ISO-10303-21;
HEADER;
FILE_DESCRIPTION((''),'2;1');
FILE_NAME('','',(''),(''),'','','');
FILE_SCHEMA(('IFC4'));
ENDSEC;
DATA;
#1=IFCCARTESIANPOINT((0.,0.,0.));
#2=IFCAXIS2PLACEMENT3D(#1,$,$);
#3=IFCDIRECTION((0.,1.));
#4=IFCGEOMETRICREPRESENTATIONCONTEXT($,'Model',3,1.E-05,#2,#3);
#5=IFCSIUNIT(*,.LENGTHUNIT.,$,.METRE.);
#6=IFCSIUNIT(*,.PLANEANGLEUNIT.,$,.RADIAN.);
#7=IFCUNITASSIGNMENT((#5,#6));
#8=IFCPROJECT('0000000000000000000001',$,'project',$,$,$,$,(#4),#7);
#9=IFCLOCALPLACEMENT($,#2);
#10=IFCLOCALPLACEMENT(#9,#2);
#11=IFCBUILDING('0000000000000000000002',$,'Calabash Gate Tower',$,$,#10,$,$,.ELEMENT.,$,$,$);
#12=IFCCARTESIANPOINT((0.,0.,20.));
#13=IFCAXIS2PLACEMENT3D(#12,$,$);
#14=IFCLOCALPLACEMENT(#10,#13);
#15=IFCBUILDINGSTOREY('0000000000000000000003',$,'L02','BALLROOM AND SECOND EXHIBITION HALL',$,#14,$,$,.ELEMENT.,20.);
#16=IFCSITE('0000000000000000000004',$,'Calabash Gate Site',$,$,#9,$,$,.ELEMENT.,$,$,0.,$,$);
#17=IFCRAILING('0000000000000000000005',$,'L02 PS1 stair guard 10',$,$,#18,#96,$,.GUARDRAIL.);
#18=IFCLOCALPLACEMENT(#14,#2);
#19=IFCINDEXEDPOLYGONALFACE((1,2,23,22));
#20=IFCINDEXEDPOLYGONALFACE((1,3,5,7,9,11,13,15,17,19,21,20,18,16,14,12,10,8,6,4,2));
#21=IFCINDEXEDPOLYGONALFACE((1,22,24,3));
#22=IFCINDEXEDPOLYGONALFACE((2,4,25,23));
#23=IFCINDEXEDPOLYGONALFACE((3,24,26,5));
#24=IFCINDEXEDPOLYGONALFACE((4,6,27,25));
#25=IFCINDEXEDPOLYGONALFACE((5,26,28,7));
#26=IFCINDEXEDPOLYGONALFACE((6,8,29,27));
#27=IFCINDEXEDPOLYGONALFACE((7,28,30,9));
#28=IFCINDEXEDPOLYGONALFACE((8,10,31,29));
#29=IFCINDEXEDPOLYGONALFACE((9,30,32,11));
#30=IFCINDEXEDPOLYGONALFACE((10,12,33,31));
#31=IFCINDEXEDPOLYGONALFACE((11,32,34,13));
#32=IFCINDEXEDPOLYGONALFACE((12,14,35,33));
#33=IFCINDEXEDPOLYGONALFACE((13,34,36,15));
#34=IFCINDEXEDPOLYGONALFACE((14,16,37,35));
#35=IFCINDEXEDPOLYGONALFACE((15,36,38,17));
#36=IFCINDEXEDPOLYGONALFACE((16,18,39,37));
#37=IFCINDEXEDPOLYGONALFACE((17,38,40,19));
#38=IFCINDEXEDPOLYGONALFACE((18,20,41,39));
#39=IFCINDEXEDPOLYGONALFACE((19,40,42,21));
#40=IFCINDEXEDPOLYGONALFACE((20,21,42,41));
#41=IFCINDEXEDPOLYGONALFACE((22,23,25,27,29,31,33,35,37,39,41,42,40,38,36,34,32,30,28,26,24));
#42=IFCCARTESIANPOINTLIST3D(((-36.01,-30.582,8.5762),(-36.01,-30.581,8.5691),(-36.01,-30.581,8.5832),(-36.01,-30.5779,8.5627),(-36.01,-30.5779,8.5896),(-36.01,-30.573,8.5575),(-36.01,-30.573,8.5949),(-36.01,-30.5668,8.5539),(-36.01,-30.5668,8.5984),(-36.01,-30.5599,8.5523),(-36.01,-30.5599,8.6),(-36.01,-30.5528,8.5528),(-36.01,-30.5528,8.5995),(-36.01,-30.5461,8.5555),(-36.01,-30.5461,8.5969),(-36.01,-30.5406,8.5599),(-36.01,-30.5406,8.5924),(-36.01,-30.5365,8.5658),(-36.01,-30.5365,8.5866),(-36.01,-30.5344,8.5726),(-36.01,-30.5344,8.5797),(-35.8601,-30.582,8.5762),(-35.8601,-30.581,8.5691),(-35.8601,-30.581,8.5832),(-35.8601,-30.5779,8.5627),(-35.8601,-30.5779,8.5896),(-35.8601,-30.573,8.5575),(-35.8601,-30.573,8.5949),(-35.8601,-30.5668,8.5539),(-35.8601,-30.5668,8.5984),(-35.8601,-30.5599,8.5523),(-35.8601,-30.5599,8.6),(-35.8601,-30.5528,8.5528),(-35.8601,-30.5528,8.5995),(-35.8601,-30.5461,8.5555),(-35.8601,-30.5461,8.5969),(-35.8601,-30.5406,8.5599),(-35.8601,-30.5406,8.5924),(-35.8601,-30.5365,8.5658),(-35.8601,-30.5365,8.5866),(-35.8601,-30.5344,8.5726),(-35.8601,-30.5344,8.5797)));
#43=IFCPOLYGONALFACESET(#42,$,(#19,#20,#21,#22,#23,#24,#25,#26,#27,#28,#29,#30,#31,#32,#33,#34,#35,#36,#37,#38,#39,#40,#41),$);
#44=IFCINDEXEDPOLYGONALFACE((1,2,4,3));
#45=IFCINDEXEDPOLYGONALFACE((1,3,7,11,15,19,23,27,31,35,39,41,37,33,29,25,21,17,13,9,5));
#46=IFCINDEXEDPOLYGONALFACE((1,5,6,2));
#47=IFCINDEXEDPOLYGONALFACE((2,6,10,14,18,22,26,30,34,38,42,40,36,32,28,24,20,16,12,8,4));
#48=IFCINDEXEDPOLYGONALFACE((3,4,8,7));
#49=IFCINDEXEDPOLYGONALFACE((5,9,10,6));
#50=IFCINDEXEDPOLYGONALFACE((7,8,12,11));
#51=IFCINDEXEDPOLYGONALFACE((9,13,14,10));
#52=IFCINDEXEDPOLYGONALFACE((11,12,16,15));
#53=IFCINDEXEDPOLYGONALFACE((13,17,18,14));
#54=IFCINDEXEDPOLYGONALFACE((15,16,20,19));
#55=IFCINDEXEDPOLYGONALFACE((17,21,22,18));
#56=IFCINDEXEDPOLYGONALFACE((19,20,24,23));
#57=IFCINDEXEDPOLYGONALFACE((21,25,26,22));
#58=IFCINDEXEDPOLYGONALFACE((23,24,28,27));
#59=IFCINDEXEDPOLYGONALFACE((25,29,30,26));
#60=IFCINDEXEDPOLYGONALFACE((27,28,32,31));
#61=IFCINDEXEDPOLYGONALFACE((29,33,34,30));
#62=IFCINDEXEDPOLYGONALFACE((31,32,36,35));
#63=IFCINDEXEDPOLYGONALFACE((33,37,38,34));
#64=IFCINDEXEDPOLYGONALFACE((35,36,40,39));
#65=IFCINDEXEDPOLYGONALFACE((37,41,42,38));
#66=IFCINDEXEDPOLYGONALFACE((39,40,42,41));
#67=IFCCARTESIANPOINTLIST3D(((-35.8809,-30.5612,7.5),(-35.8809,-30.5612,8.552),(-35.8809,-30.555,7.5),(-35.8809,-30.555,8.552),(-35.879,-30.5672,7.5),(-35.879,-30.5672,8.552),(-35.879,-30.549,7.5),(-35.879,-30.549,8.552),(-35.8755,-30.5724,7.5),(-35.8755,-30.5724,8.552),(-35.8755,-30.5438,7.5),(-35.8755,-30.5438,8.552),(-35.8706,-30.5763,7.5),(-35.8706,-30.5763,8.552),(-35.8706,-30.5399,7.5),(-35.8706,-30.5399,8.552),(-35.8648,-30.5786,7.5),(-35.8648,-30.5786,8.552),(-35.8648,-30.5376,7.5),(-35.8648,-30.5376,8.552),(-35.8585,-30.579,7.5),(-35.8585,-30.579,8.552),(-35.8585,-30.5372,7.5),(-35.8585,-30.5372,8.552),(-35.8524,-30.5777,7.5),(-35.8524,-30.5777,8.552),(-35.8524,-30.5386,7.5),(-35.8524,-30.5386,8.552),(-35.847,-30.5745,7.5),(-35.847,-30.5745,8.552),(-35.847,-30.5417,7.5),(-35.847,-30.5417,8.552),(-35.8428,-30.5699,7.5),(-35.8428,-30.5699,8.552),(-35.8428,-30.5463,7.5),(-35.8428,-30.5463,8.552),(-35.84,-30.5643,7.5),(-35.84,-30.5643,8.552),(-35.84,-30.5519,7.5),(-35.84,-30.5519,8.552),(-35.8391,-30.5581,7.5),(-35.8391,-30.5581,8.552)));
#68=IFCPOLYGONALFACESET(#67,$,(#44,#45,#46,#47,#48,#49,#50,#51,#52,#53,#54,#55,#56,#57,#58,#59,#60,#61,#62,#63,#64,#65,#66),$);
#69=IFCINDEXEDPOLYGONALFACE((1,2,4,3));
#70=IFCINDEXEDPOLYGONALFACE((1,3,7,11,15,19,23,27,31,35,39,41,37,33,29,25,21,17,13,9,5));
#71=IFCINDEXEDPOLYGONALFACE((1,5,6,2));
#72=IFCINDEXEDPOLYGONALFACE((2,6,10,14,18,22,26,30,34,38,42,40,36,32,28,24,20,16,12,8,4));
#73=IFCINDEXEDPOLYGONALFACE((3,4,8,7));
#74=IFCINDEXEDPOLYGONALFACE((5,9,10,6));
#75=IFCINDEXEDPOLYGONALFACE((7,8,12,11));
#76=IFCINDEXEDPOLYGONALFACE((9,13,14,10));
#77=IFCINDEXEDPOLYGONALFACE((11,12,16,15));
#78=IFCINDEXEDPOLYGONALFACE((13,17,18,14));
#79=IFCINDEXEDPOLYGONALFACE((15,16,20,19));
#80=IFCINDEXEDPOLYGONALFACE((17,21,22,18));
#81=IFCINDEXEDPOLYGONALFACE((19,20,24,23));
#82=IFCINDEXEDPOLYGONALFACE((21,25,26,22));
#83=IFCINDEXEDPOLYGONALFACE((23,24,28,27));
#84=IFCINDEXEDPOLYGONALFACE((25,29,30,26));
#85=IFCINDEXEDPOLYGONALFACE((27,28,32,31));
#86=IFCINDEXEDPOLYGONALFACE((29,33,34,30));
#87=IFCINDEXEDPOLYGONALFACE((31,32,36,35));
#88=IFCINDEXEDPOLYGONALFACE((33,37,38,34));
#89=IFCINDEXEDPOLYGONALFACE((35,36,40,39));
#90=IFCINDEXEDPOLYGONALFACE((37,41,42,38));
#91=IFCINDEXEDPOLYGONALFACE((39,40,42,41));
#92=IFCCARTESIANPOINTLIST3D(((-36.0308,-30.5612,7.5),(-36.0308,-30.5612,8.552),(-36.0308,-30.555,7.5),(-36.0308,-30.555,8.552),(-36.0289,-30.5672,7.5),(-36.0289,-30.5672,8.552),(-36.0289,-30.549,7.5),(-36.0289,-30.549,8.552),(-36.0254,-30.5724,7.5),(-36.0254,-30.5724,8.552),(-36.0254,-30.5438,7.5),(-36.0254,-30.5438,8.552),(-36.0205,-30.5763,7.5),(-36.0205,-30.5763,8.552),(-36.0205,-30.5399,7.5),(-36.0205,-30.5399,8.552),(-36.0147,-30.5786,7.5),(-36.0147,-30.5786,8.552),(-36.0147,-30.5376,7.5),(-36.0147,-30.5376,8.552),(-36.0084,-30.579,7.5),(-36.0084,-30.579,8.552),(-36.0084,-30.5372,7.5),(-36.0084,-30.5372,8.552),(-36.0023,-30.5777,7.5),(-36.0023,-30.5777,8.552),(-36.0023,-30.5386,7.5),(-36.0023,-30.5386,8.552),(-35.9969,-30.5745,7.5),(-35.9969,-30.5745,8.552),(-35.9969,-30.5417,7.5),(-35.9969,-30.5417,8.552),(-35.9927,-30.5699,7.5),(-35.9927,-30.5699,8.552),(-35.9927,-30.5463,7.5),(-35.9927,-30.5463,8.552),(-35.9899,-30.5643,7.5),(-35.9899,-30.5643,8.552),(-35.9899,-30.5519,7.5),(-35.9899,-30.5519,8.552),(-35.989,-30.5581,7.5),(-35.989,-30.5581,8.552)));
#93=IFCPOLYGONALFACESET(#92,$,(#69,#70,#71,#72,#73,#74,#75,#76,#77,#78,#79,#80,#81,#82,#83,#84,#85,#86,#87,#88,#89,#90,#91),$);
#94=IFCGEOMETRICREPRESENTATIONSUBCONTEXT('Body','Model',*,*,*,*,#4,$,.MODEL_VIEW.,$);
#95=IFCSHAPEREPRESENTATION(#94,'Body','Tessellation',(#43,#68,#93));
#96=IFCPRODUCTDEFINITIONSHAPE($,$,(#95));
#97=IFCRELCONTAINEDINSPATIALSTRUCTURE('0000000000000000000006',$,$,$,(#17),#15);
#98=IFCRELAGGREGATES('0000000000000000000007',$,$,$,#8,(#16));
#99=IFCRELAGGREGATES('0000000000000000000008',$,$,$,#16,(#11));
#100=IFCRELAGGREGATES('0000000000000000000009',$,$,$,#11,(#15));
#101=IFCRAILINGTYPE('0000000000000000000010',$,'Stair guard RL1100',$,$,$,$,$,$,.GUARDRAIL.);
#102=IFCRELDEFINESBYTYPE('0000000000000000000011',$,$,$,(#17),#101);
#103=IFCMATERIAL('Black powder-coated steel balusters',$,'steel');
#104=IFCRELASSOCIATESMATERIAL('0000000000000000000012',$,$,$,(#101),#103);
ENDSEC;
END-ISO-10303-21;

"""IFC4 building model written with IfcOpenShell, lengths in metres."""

from ifc_helpers import new_model, si_unit, direction, frame, origin, origin_2d, place, context, subcontext, project, spatial, circle, extrude, material, type_object, element, save


model = new_model("IFC4")

# Units and contexts
model_context = context("Model", 3, precision=1e-05, world=origin(), true_north=direction((0.0, 1.0)))
body_context = subcontext(model_context, "Body", "Model", "MODEL_VIEW")
ifc_project = project(units=[si_unit("LENGTHUNIT", "METRE"), si_unit("PLANEANGLEUNIT", "RADIAN")], contexts=[model_context])

# Site, building, storey
site_placement = place(None, origin())
site = spatial("IfcSite", under=ifc_project, at=site_placement, Name="Calabash Gate Site", CompositionType="ELEMENT", RefElevation=0.0)
building_placement = place(site_placement, origin())
building = spatial("IfcBuilding", under=site, at=building_placement, Name="Calabash Gate Tower", CompositionType="ELEMENT")
storey_placement = place(building_placement, frame((0.0, 0.0, 20.0)))
storey = spatial("IfcBuildingStorey", under=building, at=storey_placement, Name="L02", Description="BALLROOM AND SECOND EXHIBITION HALL", CompositionType="ELEMENT", Elevation=20.0)

# Railing
ifc_material_1 = material(Name="Black powder-coated steel balusters", Category="steel")
railing_type_1 = type_object("IfcRailingType", Name="Stair guard RL1100", PredefinedType="GUARDRAIL", material=ifc_material_1)
railing_1_placement = place(storey_placement, frame((-35.8601, -30.5581, 7.5)))
element("IfcRailing", 1, at=railing_1_placement, inside=storey, type_object=railing_type_1, Name="L02 PS1 stair guard 10", PredefinedType="GUARDRAIL", context=body_context, shape_type="SweptSolid", body=[
    extrude(circle(Radius=0.0239, at=origin_2d()), frame((0.0, 0.0, 1.0762), z_axis=(-1.0, 0.0, 0.0), x_axis=(0.0, -1.0, 0.0)), (0.0, 0.0, 1.0), 0.1499),
    extrude(circle(Radius=0.021, at=origin_2d()), origin(), (0.0, 0.0, 1.0), 1.052),
    extrude(circle(Radius=0.021, at=origin_2d()), frame((-0.1499, 0.0, 0.0)), (0.0, 0.0, 1.0), 1.052),
])

save(model, "model.ifc")
